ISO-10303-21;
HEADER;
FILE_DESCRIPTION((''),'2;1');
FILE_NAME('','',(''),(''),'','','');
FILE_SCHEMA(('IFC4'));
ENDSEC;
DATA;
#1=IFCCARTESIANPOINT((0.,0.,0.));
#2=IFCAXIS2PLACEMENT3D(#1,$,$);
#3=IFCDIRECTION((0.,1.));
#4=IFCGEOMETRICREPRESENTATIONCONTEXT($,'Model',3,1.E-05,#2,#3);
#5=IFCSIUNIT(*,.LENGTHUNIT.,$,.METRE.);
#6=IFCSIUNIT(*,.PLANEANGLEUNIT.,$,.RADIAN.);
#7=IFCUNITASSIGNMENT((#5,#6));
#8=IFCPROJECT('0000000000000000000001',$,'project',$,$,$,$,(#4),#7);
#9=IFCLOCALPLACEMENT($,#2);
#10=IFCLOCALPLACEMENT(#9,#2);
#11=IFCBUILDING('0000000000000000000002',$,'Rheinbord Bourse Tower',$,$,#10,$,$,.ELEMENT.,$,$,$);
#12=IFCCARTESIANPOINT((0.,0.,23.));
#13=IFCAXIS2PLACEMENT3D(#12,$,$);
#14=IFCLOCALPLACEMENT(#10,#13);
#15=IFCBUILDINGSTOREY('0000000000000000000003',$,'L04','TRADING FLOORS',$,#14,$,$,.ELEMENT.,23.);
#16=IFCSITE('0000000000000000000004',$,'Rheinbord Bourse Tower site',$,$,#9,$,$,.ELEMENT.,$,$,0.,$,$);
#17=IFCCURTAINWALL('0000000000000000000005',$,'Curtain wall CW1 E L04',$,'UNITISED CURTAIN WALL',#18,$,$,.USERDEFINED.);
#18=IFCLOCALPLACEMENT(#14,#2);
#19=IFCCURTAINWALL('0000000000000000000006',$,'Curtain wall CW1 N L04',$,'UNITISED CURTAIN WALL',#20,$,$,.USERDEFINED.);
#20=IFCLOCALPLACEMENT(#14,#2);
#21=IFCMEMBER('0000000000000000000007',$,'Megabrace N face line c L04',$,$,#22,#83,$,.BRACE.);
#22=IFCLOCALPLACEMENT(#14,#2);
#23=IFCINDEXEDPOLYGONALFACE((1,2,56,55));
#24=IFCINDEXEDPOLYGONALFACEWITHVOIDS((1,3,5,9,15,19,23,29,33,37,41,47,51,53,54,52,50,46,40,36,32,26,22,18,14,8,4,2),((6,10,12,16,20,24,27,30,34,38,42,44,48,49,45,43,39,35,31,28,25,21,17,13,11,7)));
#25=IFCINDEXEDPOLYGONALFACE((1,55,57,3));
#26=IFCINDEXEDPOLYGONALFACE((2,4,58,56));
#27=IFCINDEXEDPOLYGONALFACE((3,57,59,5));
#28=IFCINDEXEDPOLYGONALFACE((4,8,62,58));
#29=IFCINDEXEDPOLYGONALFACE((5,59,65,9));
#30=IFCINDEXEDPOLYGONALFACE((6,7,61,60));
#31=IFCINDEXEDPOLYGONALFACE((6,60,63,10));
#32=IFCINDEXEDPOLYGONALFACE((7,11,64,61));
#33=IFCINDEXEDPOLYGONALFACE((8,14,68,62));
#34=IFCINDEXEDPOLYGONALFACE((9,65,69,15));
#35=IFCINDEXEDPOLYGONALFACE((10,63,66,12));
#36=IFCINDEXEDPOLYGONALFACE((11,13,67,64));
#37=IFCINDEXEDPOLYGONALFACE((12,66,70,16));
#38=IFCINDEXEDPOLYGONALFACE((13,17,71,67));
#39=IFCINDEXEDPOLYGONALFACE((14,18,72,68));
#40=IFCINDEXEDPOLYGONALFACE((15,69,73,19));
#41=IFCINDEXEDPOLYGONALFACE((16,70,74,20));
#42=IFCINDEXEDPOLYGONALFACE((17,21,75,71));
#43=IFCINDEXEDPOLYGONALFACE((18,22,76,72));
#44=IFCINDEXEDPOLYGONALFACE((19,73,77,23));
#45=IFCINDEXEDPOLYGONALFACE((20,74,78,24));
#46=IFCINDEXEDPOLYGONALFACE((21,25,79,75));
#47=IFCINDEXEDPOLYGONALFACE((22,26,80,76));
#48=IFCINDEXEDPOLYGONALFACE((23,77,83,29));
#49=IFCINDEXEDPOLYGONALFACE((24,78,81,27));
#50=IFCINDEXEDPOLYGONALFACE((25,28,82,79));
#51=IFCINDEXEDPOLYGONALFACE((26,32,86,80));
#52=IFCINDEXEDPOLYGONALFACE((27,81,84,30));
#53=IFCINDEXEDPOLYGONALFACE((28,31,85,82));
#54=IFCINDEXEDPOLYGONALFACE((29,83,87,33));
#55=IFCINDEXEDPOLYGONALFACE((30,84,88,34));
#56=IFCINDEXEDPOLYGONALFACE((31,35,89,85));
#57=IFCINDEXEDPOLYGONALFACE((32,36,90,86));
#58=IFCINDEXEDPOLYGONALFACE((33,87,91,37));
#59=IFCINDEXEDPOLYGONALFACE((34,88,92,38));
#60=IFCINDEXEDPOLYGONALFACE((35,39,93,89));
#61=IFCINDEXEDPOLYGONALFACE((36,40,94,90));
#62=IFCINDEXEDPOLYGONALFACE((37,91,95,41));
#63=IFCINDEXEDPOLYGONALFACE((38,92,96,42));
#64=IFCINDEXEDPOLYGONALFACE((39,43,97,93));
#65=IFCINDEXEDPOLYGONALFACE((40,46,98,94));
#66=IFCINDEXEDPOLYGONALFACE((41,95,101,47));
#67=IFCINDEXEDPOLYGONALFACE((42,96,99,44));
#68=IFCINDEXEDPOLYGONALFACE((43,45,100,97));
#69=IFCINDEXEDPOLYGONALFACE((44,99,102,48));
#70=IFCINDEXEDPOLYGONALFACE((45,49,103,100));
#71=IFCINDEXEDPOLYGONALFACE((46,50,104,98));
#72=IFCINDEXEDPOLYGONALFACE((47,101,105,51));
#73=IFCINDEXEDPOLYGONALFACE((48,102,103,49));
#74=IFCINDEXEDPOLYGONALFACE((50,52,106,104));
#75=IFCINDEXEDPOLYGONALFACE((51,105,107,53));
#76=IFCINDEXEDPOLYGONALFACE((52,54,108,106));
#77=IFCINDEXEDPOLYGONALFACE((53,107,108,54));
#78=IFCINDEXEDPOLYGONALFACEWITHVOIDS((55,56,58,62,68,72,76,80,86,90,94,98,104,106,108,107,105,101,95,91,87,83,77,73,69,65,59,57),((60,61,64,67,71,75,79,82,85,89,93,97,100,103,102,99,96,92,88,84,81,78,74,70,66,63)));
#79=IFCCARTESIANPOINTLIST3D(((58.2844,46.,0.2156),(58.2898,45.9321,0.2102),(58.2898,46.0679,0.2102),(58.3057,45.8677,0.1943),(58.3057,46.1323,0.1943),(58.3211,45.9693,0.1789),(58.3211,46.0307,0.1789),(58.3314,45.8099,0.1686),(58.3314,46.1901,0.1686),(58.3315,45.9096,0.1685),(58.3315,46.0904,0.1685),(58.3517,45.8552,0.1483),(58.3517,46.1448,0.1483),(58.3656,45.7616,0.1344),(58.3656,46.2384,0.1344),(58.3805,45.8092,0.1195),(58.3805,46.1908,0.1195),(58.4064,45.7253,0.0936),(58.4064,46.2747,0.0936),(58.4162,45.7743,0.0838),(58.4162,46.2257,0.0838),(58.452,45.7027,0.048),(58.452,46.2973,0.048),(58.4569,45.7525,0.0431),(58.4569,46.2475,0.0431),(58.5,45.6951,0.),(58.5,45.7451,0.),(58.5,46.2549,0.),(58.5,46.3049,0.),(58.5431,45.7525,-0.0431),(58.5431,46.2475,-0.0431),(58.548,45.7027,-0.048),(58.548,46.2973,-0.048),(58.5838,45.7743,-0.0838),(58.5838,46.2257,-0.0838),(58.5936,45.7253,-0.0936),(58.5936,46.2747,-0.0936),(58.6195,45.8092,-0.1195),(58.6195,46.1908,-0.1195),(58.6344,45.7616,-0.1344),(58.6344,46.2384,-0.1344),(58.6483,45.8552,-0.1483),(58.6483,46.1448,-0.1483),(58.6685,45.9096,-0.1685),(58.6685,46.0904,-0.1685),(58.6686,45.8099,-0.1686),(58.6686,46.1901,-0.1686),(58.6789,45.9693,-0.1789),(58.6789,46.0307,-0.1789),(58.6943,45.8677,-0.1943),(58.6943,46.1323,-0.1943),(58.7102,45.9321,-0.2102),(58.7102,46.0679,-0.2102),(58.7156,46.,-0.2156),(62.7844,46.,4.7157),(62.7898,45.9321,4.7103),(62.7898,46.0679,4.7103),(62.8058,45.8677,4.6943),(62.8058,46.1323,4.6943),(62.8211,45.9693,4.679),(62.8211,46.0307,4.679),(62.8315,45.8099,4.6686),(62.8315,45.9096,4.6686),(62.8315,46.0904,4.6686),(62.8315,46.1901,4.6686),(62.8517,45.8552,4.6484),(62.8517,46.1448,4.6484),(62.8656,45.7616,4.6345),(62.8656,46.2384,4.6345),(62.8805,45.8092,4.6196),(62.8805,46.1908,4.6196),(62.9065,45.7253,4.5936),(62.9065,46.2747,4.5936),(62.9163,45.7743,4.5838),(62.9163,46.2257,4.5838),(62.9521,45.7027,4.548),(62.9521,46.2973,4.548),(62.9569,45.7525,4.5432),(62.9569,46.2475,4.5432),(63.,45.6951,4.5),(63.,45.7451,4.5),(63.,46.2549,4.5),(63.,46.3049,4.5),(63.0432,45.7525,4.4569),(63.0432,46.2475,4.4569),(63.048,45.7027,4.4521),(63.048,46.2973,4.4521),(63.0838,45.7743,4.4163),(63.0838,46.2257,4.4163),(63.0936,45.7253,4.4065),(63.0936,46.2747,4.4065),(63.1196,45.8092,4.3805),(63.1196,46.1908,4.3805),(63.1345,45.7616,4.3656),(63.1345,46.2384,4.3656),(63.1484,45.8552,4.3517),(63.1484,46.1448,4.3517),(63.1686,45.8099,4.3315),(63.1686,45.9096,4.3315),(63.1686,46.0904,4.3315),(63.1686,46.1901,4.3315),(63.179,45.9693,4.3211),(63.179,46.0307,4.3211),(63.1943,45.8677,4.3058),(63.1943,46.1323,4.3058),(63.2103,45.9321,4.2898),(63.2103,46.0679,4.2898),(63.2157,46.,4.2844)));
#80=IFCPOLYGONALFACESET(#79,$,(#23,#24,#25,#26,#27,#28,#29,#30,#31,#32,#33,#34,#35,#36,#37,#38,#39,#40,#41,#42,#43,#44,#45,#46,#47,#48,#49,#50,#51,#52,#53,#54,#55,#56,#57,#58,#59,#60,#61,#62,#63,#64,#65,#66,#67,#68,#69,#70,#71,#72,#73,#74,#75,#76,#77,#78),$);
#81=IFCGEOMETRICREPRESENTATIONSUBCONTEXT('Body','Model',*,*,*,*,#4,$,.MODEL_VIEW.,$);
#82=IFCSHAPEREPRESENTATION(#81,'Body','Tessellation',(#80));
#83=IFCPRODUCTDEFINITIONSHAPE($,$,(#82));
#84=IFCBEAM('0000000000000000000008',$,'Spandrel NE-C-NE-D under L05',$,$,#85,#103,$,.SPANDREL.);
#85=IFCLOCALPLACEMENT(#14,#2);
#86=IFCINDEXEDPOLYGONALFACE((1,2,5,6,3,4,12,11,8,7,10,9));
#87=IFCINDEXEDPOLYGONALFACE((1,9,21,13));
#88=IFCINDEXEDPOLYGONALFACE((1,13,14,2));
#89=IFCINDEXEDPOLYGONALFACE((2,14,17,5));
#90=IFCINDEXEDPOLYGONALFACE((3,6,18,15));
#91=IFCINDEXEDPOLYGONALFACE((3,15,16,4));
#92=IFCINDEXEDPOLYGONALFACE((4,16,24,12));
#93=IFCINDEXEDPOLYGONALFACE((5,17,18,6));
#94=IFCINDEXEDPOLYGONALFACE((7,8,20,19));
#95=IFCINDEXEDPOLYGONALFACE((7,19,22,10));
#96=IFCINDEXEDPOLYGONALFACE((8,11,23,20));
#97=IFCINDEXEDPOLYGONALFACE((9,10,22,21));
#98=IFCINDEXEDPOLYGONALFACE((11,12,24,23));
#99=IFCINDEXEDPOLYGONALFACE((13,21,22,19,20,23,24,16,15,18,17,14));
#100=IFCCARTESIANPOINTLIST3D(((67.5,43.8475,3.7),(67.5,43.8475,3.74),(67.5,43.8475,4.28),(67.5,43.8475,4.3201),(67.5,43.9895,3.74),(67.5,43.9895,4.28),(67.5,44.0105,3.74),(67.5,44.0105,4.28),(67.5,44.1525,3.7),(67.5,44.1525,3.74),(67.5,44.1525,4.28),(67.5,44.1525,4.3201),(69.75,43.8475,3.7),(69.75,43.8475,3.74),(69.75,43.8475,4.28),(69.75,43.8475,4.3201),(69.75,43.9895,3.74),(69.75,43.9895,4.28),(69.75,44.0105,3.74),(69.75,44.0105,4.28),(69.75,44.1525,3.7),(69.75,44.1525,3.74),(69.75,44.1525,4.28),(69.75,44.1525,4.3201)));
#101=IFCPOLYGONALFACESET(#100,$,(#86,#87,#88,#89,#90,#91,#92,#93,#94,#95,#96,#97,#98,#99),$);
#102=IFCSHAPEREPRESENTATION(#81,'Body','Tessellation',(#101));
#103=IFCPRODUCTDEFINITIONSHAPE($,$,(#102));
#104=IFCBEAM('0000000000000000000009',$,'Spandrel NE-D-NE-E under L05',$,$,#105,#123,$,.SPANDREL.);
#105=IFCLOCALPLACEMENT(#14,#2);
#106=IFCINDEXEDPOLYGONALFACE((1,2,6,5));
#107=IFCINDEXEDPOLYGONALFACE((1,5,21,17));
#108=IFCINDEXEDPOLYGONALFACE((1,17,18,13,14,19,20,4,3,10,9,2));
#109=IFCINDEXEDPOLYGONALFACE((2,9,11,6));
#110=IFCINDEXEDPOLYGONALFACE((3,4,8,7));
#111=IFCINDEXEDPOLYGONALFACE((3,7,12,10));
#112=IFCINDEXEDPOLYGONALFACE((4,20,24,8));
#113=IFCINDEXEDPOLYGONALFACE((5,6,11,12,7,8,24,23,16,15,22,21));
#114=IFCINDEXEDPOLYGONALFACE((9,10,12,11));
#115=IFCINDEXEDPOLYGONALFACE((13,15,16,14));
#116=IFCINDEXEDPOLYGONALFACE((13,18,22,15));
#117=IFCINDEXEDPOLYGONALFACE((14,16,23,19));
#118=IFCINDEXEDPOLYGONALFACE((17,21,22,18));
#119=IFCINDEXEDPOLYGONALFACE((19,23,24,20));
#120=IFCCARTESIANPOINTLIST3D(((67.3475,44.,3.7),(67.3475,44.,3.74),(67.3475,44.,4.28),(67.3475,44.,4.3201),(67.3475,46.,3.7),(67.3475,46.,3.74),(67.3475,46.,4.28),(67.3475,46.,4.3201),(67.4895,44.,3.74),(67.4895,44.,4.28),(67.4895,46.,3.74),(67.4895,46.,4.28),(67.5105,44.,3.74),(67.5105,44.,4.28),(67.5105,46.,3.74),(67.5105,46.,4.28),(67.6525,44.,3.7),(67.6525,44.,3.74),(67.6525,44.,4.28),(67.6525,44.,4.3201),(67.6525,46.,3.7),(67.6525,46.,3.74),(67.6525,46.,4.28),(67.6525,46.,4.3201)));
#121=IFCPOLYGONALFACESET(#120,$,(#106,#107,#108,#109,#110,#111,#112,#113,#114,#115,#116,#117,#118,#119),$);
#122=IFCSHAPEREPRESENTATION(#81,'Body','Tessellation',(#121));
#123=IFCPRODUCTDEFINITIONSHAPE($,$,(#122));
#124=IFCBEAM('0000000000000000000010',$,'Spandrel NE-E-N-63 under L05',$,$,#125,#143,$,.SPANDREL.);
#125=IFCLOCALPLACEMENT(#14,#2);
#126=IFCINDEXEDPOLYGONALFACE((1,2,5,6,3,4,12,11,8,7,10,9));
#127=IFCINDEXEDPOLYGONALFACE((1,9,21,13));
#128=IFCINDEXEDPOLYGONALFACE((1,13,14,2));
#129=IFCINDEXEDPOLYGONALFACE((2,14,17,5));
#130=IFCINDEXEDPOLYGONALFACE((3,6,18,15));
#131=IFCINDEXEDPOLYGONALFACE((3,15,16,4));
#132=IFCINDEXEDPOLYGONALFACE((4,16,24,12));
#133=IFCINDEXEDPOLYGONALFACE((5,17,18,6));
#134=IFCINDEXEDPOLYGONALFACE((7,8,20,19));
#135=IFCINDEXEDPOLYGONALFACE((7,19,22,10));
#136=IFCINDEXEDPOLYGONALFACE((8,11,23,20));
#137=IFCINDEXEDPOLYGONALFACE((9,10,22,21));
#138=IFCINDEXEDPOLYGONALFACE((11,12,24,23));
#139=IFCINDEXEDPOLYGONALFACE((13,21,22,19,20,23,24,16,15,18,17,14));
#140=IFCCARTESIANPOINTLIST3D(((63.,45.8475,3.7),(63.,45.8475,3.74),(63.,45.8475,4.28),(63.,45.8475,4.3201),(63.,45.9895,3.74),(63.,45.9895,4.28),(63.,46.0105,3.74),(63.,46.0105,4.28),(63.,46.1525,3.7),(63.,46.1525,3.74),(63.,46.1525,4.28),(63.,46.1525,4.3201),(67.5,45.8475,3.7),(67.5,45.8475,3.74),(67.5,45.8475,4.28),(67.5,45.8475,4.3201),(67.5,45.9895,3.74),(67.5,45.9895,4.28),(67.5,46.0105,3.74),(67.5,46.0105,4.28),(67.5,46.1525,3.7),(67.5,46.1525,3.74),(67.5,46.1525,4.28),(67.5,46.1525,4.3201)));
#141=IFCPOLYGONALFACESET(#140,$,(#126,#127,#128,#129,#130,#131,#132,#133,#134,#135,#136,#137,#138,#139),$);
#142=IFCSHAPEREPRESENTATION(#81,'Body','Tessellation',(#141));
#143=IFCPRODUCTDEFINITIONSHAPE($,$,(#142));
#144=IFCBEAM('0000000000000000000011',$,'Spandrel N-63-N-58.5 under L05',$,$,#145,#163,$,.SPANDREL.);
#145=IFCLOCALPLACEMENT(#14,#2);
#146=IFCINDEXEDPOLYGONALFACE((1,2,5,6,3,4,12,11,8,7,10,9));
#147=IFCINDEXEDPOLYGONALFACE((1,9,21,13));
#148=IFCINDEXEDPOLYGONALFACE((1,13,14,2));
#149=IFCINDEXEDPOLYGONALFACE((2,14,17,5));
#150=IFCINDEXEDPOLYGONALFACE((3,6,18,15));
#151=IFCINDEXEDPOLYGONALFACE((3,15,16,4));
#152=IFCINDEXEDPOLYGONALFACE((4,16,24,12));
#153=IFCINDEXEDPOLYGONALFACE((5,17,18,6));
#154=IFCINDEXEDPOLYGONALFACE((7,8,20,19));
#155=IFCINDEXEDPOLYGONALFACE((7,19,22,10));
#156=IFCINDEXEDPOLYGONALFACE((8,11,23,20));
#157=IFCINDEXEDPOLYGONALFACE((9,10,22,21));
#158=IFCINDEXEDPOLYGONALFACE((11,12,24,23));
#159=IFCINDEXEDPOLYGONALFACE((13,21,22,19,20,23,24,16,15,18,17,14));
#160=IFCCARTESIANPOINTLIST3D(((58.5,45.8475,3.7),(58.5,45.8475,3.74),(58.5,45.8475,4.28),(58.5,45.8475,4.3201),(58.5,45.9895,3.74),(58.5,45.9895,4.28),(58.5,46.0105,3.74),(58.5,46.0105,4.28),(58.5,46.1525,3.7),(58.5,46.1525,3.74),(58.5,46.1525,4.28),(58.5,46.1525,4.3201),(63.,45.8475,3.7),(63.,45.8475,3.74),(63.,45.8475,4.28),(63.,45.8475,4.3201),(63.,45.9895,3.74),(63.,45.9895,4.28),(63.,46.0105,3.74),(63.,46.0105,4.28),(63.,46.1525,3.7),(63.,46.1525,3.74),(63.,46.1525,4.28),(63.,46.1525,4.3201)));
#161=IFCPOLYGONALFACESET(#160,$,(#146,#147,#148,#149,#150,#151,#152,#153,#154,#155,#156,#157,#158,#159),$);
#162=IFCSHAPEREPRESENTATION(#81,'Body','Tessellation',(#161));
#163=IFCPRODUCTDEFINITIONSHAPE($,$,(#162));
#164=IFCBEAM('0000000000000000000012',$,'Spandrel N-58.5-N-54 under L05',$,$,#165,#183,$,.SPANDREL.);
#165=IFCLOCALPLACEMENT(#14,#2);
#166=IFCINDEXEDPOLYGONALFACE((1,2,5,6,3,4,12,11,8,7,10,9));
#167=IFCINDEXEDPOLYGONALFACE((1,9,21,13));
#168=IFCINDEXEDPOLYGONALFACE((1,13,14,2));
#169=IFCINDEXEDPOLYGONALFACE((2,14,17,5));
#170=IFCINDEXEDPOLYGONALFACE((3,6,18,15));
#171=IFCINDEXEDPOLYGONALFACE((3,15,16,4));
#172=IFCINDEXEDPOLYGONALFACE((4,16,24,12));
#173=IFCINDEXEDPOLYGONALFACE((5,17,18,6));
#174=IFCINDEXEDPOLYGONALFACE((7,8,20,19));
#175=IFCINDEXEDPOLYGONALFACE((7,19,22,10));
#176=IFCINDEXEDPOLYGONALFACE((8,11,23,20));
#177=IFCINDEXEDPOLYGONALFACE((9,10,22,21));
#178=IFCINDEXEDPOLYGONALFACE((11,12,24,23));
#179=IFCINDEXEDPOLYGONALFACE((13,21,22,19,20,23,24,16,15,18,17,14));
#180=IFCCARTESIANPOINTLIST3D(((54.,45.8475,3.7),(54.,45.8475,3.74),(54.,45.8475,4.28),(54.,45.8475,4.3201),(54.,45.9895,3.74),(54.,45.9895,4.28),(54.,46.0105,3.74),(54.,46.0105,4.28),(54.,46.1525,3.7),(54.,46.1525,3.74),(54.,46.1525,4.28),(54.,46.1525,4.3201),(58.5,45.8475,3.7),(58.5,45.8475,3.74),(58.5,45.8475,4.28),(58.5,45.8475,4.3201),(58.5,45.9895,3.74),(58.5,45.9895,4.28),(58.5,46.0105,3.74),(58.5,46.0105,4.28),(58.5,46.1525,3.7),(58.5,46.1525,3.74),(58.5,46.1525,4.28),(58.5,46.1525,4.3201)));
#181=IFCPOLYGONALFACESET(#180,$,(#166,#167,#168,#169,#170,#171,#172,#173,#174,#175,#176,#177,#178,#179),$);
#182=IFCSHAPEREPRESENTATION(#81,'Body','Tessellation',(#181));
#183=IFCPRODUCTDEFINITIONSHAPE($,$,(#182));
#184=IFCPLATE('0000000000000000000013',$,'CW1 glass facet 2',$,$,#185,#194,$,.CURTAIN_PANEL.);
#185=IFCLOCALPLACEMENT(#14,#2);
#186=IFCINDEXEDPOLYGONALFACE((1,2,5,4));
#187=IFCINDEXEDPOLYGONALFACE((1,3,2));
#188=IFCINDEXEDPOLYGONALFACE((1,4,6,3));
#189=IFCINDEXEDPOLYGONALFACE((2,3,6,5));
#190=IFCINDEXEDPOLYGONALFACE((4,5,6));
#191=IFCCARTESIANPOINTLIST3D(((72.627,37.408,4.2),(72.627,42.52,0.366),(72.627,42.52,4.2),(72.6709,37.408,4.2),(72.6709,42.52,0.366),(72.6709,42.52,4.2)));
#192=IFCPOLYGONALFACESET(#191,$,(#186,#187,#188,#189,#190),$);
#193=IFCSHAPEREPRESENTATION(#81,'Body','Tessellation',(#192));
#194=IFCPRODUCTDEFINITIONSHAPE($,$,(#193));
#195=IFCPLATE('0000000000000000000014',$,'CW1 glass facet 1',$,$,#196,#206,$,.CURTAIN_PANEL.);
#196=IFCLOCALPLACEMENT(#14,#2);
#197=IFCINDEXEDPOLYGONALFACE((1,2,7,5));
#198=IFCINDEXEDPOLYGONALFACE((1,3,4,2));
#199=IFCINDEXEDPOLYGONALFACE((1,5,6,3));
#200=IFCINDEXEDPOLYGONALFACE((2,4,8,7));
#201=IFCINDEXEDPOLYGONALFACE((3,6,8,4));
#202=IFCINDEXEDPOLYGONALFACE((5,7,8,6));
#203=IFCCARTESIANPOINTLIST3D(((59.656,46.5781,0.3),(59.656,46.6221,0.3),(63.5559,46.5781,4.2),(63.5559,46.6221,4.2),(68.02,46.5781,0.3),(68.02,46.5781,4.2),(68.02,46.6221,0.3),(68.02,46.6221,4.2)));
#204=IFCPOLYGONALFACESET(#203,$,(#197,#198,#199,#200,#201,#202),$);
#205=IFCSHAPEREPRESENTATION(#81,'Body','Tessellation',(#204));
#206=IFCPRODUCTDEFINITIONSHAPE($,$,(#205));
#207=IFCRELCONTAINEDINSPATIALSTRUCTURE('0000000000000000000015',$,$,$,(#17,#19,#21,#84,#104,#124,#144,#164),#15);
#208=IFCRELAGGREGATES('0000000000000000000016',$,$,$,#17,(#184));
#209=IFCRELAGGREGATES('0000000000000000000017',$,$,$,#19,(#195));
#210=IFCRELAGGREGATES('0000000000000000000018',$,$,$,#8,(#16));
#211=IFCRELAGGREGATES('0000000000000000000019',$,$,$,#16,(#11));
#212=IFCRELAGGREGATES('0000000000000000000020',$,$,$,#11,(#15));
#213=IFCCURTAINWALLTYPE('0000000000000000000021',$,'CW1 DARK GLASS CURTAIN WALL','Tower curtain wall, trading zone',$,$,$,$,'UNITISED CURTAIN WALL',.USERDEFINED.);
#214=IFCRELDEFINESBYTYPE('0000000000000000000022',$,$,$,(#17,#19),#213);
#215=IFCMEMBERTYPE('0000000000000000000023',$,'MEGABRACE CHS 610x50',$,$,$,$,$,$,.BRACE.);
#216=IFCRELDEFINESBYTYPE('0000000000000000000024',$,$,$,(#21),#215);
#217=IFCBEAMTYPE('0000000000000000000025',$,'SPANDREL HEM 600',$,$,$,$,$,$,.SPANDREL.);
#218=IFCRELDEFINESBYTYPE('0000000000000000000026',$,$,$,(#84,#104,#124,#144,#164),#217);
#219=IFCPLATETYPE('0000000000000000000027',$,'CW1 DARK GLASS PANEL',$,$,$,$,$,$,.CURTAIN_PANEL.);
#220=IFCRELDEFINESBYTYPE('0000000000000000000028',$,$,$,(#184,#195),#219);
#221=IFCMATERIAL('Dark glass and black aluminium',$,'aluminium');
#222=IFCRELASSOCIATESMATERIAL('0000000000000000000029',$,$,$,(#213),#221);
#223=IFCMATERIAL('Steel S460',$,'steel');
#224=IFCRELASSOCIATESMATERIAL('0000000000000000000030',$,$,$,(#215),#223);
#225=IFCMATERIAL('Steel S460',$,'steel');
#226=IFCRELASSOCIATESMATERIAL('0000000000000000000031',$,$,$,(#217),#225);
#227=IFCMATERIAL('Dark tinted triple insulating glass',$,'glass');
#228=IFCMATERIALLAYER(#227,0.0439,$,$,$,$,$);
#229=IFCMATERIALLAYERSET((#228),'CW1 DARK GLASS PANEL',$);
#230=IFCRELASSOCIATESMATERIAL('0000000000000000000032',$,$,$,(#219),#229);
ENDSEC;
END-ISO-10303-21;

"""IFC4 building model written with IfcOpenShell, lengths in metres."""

from ifc_helpers import new_model, si_unit, direction, frame, origin, origin_2d, place, context, subcontext, project, spatial, polyline, hollow_circle, i_section, outline, extrude, material, layer, layer_set, material_profile, profile_set, type_object, element, aggregate, save


model = new_model("IFC4")

# Units and contexts
model_context = context("Model", 3, precision=1e-05, world=origin(), true_north=direction((0.0, 1.0)))
body_context = subcontext(model_context, "Body", "Model", "MODEL_VIEW")
ifc_project = project(units=[si_unit("LENGTHUNIT", "METRE"), si_unit("PLANEANGLEUNIT", "RADIAN")], contexts=[model_context])

# Site, building, storey
site_placement = place(None, origin())
site = spatial("IfcSite", under=ifc_project, at=site_placement, Name="Rheinbord Bourse Tower site", CompositionType="ELEMENT", RefElevation=0.0)
building_placement = place(site_placement, origin())
building = spatial("IfcBuilding", under=site, at=building_placement, Name="Rheinbord Bourse Tower", CompositionType="ELEMENT")
storey_placement = place(building_placement, frame((0.0, 0.0, 23.0)))
storey = spatial("IfcBuildingStorey", under=building, at=storey_placement, Name="L04", Description="TRADING FLOORS", CompositionType="ELEMENT", Elevation=23.0)

# Curtain walls
ifc_material_1 = material(Name="Dark glass and black aluminium", Category="aluminium")
curtain_wall_type = type_object("IfcCurtainWallType", Name="CW1 DARK GLASS CURTAIN WALL", Description="Tower curtain wall, trading zone", ElementType="UNITISED CURTAIN WALL", PredefinedType="USERDEFINED", material=ifc_material_1)
curtain_wall_1_placement = place(storey_placement, origin())
curtain_wall_1 = element("IfcCurtainWall", 1, at=curtain_wall_1_placement, inside=storey, type_object=curtain_wall_type, Name="Curtain wall CW1 E L04", ObjectType="UNITISED CURTAIN WALL", PredefinedType="USERDEFINED")
curtain_wall_2_placement = place(storey_placement, origin())
curtain_wall_2 = element("IfcCurtainWall", 2, at=curtain_wall_2_placement, inside=storey, type_object=curtain_wall_type, Name="Curtain wall CW1 N L04", ObjectType="UNITISED CURTAIN WALL", PredefinedType="USERDEFINED")

# Member
ifc_material_2 = material(Name="Steel S460", Category="steel")
ifc_material_profile_1 = material_profile(ifc_material_2, hollow_circle(Radius=0.3049, WallThickness=0.05, at=origin_2d()), Name="CHS 610x50")
ifc_profile_set_1 = profile_set([ifc_material_profile_1], Name="Steel S460")
member_type_1 = type_object("IfcMemberType", Name="MEGABRACE CHS 610x50", PredefinedType="BRACE", material=ifc_profile_set_1)
member_1_placement = place(storey_placement, frame((58.5, 46.0, 0.0), z_axis=(0.707107, 0.0, 0.707107), x_axis=(0.0, 1.0, 0.0)))
element("IfcMember", 3, at=member_1_placement, inside=storey, type_object=member_type_1, Name="Megabrace N face line c L04", PredefinedType="BRACE", context=body_context, shape_type="SweptSolid", body=[
    extrude(hollow_circle(Radius=0.3049, WallThickness=0.05, at=origin_2d()), origin(), (0.0, 0.0, 1.0), 6.364),
])

# Beams
ifc_material_3 = material(Name="Steel S460", Category="steel")
ifc_material_profile_2 = material_profile(ifc_material_3, i_section(OverallWidth=0.3049, OverallDepth=0.6201, WebThickness=0.021, FlangeThickness=0.04, at=origin_2d()), Name="HEM 600")
ifc_profile_set_2 = profile_set([ifc_material_profile_2], Name="Steel S460")
beam_type_1 = type_object("IfcBeamType", Name="SPANDREL HEM 600", PredefinedType="SPANDREL", material=ifc_profile_set_2)
beam_1_placement = place(storey_placement, frame((69.75, 44.0, 4.01), z_axis=(-1.0, 0.0, 0.0), x_axis=(0.0, -1.0, 0.0)))
element("IfcBeam", 4, at=beam_1_placement, inside=storey, type_object=beam_type_1, Name="Spandrel NE-C-NE-D under L05", PredefinedType="SPANDREL", context=body_context, shape_type="SweptSolid", body=[
    extrude(i_section(OverallWidth=0.3049, OverallDepth=0.6201, WebThickness=0.021, FlangeThickness=0.04, at=origin_2d()), origin(), (0.0, 0.0, 1.0), 2.25),
])
beam_2_placement = place(storey_placement, frame((67.5, 44.0, 4.01), z_axis=(0.0, 1.0, 0.0), x_axis=(-1.0, 0.0, 0.0)))
element("IfcBeam", 5, at=beam_2_placement, inside=storey, type_object=beam_type_1, Name="Spandrel NE-D-NE-E under L05", PredefinedType="SPANDREL", context=body_context, shape_type="SweptSolid", body=[
    extrude(i_section(OverallWidth=0.3049, OverallDepth=0.6201, WebThickness=0.021, FlangeThickness=0.04, at=origin_2d()), origin(), (0.0, 0.0, 1.0), 2.0),
])
for number, where, z_axis, x_axis, name in (
    (6, (67.5, 46.0, 4.01), (-1.0, 0.0, 0.0), (0.0, -1.0, 0.0), "Spandrel NE-E-N-63 under L05"),
    (7, (63.0, 46.0, 4.01), (-1.0, 0.0, 0.0), (0.0, -1.0, 0.0), "Spandrel N-63-N-58.5 under L05"),
    (8, (58.5, 46.0, 4.01), (-1.0, 0.0, 0.0), (0.0, -1.0, 0.0), "Spandrel N-58.5-N-54 under L05"),
):
    element("IfcBeam", number, at=place(storey_placement, frame(where, z_axis=z_axis, x_axis=x_axis)), inside=storey, type_object=beam_type_1, Name=name, PredefinedType="SPANDREL", context=body_context, shape_type="SweptSolid", body=[
        extrude(i_section(OverallWidth=0.3049, OverallDepth=0.6201, WebThickness=0.021, FlangeThickness=0.04, at=origin_2d()), origin(), (0.0, 0.0, 1.0), 4.5),
    ])

# Plates
ifc_material_4 = material(Name="Dark tinted triple insulating glass", Category="glass")
ifc_layer_1 = layer(ifc_material_4, 0.0439)
ifc_layer_set_1 = layer_set([ifc_layer_1], Name="CW1 DARK GLASS PANEL")
plate_type = type_object("IfcPlateType", Name="CW1 DARK GLASS PANEL", PredefinedType="CURTAIN_PANEL", material=ifc_layer_set_1)
plate_1_placement = place(storey_placement, frame((72.6709, 42.52, 4.2), z_axis=(-1.0, 0.0, 0.0), x_axis=(0.0, 0.0, -1.0)))
plate_1 = element("IfcPlate", 9, at=plate_1_placement, type_object=plate_type, Name="CW1 glass facet 2", PredefinedType="CURTAIN_PANEL", context=body_context, shape_type="SweptSolid", body=[
    extrude(outline(polyline([(0.0, 0.0), (3.834, 0.0), (0.0, 5.1121), (0.0, 0.0)])), origin(), (0.0, 0.0, 1.0), 0.0439),
])
aggregate(curtain_wall_1, [plate_1])
plate_2_placement = place(storey_placement, frame((68.02, 46.6221, 0.3), z_axis=(0.0, -1.0, 0.0), x_axis=(0.0, 0.0, 1.0)))
plate_2 = element("IfcPlate", 10, at=plate_2_placement, type_object=plate_type, Name="CW1 glass facet 1", PredefinedType="CURTAIN_PANEL", context=body_context, shape_type="SweptSolid", body=[
    extrude(outline(polyline([(0.0, 0.0), (3.8999, 0.0), (3.8999, 4.4641), (0.0, 8.364), (0.0, 0.0)])), origin(), (0.0, 0.0, 1.0), 0.0439),
])
aggregate(curtain_wall_2, [plate_2])

save(model, "model.ifc")
